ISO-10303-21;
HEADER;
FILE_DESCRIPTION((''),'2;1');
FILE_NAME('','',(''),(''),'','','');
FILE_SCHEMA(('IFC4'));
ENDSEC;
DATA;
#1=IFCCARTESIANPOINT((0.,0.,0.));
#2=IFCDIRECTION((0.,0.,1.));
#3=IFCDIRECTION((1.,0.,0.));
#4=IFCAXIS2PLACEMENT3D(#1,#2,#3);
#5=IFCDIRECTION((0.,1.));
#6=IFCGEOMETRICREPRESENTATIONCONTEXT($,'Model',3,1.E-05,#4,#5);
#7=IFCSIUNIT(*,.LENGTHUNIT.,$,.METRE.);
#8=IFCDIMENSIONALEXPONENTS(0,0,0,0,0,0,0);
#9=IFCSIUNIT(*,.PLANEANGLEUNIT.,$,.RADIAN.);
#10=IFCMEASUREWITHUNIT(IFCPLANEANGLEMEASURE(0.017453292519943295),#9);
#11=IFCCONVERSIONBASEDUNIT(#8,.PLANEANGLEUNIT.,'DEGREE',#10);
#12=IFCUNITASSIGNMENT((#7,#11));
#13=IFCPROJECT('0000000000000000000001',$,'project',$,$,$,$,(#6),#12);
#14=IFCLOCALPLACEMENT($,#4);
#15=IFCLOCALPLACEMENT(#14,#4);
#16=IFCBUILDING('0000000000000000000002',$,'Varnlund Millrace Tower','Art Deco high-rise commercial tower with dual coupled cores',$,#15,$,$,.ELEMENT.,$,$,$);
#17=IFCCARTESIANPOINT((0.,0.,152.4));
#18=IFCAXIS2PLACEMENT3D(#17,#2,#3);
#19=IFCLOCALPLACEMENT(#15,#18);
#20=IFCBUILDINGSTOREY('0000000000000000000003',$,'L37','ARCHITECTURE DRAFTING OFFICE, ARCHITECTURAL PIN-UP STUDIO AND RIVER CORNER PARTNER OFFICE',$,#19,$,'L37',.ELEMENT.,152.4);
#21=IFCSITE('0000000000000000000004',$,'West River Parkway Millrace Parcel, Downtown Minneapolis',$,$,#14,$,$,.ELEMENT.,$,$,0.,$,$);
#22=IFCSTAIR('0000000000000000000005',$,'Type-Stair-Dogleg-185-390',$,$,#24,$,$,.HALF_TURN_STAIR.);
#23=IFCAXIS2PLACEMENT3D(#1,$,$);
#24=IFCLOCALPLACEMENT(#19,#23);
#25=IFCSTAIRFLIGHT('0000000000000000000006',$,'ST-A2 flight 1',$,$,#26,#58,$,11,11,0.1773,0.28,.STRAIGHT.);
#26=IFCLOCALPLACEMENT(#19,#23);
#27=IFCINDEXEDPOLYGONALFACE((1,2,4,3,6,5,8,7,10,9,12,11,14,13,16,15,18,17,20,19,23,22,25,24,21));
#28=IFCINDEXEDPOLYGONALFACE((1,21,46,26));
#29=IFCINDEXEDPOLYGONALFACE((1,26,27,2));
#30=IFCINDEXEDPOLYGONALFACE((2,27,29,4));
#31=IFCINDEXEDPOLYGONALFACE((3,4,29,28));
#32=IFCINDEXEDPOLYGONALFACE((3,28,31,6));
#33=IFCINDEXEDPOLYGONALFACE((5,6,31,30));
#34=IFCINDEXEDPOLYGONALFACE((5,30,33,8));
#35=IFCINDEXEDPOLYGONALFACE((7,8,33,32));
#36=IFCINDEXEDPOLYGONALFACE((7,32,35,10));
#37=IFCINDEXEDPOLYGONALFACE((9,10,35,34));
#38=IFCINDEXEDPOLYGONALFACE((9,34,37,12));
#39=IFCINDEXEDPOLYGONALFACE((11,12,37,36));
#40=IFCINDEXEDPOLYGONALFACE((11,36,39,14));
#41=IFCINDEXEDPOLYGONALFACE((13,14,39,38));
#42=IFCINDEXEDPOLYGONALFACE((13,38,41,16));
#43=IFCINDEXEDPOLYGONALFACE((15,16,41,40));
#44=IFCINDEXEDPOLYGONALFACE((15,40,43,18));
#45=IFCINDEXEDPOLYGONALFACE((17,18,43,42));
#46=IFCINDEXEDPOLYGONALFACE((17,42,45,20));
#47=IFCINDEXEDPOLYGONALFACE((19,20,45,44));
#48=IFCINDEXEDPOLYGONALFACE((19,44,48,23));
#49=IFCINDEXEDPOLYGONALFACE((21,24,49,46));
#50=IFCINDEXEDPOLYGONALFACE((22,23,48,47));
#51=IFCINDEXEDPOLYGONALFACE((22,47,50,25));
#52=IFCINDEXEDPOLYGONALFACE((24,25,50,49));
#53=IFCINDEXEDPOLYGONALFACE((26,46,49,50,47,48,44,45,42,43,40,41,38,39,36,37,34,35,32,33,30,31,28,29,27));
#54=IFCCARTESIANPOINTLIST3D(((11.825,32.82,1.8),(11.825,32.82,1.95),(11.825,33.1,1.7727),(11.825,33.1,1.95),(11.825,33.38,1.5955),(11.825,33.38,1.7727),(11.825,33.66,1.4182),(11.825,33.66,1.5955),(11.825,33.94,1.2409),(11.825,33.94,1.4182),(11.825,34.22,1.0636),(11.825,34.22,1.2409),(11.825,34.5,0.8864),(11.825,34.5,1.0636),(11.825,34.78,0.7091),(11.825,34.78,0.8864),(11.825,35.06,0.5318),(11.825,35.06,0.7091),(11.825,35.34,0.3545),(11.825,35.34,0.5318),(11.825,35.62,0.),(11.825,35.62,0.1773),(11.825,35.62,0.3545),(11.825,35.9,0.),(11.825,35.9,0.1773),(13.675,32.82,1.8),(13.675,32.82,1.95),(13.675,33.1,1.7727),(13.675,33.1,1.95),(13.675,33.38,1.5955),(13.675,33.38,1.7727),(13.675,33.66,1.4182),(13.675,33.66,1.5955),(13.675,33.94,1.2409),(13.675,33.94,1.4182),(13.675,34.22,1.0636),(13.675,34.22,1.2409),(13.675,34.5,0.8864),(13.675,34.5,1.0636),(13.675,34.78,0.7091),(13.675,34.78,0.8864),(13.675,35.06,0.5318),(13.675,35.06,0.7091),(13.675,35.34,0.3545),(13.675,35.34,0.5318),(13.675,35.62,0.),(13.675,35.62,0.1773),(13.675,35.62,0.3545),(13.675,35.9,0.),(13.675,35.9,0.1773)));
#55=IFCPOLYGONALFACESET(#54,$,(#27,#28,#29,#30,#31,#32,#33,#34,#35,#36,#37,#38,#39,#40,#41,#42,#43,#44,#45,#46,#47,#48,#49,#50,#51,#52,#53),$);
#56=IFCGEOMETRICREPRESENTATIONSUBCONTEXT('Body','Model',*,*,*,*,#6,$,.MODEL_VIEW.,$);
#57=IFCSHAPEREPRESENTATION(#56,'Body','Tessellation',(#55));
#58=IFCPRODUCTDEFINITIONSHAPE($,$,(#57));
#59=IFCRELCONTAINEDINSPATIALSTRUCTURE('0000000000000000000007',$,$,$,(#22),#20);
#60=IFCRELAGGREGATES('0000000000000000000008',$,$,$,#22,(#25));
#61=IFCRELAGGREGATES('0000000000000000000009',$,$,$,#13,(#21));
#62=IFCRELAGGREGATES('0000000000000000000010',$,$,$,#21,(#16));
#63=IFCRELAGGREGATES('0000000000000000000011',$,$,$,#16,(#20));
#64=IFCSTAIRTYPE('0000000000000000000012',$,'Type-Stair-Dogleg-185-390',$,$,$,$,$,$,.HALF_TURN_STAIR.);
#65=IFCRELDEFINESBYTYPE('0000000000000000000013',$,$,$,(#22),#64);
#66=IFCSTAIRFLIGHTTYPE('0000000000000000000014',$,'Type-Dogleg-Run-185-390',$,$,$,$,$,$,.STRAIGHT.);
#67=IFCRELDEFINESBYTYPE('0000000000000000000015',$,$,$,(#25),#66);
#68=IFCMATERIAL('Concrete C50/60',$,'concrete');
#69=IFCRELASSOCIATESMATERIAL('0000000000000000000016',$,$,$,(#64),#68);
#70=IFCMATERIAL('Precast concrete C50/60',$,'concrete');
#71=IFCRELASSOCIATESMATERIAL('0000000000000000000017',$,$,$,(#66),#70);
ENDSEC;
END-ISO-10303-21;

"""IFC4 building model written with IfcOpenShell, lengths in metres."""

from ifc_helpers import new_model, entity, si_unit, converted_unit, direction, frame, origin_with_axes, place, context, subcontext, project, spatial, polyline, outline, extrude, material, type_object, element, aggregate, save


model = new_model("IFC4")

# Units and contexts
model_context = context("Model", 3, precision=1e-05, world=origin_with_axes(), true_north=direction((0.0, 1.0)))
body_context = subcontext(model_context, "Body", "Model", "MODEL_VIEW")
ifc_project = project(units=[si_unit("LENGTHUNIT", "METRE"), converted_unit("PLANEANGLEUNIT", "DEGREE", entity("IfcPlaneAngleMeasure", 0.017453292519943295), si_unit("PLANEANGLEUNIT", "RADIAN"), dimensions=[0, 0, 0, 0, 0, 0, 0])], contexts=[model_context])

# Site, building, storey
site_placement = place(None, origin_with_axes())
site = spatial("IfcSite", under=ifc_project, at=site_placement, Name="West River Parkway Millrace Parcel, Downtown Minneapolis", CompositionType="ELEMENT", RefElevation=0.0)
building_placement = place(site_placement, origin_with_axes())
building = spatial("IfcBuilding", under=site, at=building_placement, Name="Varnlund Millrace Tower", Description="Art Deco high-rise commercial tower with dual coupled cores", CompositionType="ELEMENT")
storey_placement = place(building_placement, frame((0.0, 0.0, 152.4), z_axis=(0.0, 0.0, 1.0), x_axis=(1.0, 0.0, 0.0)))
storey = spatial("IfcBuildingStorey", under=building, at=storey_placement, Name="L37", Description="ARCHITECTURE DRAFTING OFFICE, ARCHITECTURAL PIN-UP STUDIO AND RIVER CORNER PARTNER OFFICE", LongName="L37", CompositionType="ELEMENT", Elevation=152.4)

# Stair, stair flight
ifc_material_1 = material(Name="Concrete C50/60", Category="concrete")
ifc_material_2 = material(Name="Precast concrete C50/60", Category="concrete")
stair_type_1 = type_object("IfcStairType", Name="Type-Stair-Dogleg-185-390", PredefinedType="HALF_TURN_STAIR", material=ifc_material_1)
stair_1_placement = place(storey_placement, origin_with_axes())
stair_1 = element("IfcStair", 1, at=stair_1_placement, inside=storey, type_object=stair_type_1, Name="Type-Stair-Dogleg-185-390", PredefinedType="HALF_TURN_STAIR")
stair_flight_type_1 = type_object("IfcStairFlightType", Name="Type-Dogleg-Run-185-390", PredefinedType="STRAIGHT", material=ifc_material_2)
stair_flight_1_placement = place(storey_placement, frame((13.675, 35.9, 0.0), z_axis=(-1.0, 0.0, 0.0), x_axis=(0.0, -1.0, 0.0)))
stair_flight_1 = element("IfcStairFlight", 2, at=stair_flight_1_placement, type_object=stair_flight_type_1, Name="ST-A2 flight 1", NumberOfRisers=11, NumberOfTreads=11, PredefinedType="STRAIGHT", RiserHeight=0.1773, TreadLength=0.28, context=body_context, shape_type="SweptSolid", body=[
    extrude(outline(polyline([(0.0, 0.0), (0.0, 0.1773), (0.28, 0.1773), (0.28, 0.3545), (0.56, 0.3545), (0.56, 0.5318), (0.84, 0.5318), (0.84, 0.7091), (1.12, 0.7091), (1.12, 0.8864), (1.4, 0.8864), (1.4, 1.0636), (1.68, 1.0636), (1.68, 1.2409), (1.96, 1.2409), (1.96, 1.4182), (2.24, 1.4182), (2.24, 1.5955), (2.52, 1.5955), (2.52, 1.7727), (2.8, 1.7727), (2.8, 1.95), (3.08, 1.95), (3.08, 1.8), (0.28, 0.0), (0.0, 0.0)])), origin_with_axes(), (0.0, 0.0, 1.0), 1.85),
])
aggregate(stair_1, [stair_flight_1])

save(model, "model.ifc")
